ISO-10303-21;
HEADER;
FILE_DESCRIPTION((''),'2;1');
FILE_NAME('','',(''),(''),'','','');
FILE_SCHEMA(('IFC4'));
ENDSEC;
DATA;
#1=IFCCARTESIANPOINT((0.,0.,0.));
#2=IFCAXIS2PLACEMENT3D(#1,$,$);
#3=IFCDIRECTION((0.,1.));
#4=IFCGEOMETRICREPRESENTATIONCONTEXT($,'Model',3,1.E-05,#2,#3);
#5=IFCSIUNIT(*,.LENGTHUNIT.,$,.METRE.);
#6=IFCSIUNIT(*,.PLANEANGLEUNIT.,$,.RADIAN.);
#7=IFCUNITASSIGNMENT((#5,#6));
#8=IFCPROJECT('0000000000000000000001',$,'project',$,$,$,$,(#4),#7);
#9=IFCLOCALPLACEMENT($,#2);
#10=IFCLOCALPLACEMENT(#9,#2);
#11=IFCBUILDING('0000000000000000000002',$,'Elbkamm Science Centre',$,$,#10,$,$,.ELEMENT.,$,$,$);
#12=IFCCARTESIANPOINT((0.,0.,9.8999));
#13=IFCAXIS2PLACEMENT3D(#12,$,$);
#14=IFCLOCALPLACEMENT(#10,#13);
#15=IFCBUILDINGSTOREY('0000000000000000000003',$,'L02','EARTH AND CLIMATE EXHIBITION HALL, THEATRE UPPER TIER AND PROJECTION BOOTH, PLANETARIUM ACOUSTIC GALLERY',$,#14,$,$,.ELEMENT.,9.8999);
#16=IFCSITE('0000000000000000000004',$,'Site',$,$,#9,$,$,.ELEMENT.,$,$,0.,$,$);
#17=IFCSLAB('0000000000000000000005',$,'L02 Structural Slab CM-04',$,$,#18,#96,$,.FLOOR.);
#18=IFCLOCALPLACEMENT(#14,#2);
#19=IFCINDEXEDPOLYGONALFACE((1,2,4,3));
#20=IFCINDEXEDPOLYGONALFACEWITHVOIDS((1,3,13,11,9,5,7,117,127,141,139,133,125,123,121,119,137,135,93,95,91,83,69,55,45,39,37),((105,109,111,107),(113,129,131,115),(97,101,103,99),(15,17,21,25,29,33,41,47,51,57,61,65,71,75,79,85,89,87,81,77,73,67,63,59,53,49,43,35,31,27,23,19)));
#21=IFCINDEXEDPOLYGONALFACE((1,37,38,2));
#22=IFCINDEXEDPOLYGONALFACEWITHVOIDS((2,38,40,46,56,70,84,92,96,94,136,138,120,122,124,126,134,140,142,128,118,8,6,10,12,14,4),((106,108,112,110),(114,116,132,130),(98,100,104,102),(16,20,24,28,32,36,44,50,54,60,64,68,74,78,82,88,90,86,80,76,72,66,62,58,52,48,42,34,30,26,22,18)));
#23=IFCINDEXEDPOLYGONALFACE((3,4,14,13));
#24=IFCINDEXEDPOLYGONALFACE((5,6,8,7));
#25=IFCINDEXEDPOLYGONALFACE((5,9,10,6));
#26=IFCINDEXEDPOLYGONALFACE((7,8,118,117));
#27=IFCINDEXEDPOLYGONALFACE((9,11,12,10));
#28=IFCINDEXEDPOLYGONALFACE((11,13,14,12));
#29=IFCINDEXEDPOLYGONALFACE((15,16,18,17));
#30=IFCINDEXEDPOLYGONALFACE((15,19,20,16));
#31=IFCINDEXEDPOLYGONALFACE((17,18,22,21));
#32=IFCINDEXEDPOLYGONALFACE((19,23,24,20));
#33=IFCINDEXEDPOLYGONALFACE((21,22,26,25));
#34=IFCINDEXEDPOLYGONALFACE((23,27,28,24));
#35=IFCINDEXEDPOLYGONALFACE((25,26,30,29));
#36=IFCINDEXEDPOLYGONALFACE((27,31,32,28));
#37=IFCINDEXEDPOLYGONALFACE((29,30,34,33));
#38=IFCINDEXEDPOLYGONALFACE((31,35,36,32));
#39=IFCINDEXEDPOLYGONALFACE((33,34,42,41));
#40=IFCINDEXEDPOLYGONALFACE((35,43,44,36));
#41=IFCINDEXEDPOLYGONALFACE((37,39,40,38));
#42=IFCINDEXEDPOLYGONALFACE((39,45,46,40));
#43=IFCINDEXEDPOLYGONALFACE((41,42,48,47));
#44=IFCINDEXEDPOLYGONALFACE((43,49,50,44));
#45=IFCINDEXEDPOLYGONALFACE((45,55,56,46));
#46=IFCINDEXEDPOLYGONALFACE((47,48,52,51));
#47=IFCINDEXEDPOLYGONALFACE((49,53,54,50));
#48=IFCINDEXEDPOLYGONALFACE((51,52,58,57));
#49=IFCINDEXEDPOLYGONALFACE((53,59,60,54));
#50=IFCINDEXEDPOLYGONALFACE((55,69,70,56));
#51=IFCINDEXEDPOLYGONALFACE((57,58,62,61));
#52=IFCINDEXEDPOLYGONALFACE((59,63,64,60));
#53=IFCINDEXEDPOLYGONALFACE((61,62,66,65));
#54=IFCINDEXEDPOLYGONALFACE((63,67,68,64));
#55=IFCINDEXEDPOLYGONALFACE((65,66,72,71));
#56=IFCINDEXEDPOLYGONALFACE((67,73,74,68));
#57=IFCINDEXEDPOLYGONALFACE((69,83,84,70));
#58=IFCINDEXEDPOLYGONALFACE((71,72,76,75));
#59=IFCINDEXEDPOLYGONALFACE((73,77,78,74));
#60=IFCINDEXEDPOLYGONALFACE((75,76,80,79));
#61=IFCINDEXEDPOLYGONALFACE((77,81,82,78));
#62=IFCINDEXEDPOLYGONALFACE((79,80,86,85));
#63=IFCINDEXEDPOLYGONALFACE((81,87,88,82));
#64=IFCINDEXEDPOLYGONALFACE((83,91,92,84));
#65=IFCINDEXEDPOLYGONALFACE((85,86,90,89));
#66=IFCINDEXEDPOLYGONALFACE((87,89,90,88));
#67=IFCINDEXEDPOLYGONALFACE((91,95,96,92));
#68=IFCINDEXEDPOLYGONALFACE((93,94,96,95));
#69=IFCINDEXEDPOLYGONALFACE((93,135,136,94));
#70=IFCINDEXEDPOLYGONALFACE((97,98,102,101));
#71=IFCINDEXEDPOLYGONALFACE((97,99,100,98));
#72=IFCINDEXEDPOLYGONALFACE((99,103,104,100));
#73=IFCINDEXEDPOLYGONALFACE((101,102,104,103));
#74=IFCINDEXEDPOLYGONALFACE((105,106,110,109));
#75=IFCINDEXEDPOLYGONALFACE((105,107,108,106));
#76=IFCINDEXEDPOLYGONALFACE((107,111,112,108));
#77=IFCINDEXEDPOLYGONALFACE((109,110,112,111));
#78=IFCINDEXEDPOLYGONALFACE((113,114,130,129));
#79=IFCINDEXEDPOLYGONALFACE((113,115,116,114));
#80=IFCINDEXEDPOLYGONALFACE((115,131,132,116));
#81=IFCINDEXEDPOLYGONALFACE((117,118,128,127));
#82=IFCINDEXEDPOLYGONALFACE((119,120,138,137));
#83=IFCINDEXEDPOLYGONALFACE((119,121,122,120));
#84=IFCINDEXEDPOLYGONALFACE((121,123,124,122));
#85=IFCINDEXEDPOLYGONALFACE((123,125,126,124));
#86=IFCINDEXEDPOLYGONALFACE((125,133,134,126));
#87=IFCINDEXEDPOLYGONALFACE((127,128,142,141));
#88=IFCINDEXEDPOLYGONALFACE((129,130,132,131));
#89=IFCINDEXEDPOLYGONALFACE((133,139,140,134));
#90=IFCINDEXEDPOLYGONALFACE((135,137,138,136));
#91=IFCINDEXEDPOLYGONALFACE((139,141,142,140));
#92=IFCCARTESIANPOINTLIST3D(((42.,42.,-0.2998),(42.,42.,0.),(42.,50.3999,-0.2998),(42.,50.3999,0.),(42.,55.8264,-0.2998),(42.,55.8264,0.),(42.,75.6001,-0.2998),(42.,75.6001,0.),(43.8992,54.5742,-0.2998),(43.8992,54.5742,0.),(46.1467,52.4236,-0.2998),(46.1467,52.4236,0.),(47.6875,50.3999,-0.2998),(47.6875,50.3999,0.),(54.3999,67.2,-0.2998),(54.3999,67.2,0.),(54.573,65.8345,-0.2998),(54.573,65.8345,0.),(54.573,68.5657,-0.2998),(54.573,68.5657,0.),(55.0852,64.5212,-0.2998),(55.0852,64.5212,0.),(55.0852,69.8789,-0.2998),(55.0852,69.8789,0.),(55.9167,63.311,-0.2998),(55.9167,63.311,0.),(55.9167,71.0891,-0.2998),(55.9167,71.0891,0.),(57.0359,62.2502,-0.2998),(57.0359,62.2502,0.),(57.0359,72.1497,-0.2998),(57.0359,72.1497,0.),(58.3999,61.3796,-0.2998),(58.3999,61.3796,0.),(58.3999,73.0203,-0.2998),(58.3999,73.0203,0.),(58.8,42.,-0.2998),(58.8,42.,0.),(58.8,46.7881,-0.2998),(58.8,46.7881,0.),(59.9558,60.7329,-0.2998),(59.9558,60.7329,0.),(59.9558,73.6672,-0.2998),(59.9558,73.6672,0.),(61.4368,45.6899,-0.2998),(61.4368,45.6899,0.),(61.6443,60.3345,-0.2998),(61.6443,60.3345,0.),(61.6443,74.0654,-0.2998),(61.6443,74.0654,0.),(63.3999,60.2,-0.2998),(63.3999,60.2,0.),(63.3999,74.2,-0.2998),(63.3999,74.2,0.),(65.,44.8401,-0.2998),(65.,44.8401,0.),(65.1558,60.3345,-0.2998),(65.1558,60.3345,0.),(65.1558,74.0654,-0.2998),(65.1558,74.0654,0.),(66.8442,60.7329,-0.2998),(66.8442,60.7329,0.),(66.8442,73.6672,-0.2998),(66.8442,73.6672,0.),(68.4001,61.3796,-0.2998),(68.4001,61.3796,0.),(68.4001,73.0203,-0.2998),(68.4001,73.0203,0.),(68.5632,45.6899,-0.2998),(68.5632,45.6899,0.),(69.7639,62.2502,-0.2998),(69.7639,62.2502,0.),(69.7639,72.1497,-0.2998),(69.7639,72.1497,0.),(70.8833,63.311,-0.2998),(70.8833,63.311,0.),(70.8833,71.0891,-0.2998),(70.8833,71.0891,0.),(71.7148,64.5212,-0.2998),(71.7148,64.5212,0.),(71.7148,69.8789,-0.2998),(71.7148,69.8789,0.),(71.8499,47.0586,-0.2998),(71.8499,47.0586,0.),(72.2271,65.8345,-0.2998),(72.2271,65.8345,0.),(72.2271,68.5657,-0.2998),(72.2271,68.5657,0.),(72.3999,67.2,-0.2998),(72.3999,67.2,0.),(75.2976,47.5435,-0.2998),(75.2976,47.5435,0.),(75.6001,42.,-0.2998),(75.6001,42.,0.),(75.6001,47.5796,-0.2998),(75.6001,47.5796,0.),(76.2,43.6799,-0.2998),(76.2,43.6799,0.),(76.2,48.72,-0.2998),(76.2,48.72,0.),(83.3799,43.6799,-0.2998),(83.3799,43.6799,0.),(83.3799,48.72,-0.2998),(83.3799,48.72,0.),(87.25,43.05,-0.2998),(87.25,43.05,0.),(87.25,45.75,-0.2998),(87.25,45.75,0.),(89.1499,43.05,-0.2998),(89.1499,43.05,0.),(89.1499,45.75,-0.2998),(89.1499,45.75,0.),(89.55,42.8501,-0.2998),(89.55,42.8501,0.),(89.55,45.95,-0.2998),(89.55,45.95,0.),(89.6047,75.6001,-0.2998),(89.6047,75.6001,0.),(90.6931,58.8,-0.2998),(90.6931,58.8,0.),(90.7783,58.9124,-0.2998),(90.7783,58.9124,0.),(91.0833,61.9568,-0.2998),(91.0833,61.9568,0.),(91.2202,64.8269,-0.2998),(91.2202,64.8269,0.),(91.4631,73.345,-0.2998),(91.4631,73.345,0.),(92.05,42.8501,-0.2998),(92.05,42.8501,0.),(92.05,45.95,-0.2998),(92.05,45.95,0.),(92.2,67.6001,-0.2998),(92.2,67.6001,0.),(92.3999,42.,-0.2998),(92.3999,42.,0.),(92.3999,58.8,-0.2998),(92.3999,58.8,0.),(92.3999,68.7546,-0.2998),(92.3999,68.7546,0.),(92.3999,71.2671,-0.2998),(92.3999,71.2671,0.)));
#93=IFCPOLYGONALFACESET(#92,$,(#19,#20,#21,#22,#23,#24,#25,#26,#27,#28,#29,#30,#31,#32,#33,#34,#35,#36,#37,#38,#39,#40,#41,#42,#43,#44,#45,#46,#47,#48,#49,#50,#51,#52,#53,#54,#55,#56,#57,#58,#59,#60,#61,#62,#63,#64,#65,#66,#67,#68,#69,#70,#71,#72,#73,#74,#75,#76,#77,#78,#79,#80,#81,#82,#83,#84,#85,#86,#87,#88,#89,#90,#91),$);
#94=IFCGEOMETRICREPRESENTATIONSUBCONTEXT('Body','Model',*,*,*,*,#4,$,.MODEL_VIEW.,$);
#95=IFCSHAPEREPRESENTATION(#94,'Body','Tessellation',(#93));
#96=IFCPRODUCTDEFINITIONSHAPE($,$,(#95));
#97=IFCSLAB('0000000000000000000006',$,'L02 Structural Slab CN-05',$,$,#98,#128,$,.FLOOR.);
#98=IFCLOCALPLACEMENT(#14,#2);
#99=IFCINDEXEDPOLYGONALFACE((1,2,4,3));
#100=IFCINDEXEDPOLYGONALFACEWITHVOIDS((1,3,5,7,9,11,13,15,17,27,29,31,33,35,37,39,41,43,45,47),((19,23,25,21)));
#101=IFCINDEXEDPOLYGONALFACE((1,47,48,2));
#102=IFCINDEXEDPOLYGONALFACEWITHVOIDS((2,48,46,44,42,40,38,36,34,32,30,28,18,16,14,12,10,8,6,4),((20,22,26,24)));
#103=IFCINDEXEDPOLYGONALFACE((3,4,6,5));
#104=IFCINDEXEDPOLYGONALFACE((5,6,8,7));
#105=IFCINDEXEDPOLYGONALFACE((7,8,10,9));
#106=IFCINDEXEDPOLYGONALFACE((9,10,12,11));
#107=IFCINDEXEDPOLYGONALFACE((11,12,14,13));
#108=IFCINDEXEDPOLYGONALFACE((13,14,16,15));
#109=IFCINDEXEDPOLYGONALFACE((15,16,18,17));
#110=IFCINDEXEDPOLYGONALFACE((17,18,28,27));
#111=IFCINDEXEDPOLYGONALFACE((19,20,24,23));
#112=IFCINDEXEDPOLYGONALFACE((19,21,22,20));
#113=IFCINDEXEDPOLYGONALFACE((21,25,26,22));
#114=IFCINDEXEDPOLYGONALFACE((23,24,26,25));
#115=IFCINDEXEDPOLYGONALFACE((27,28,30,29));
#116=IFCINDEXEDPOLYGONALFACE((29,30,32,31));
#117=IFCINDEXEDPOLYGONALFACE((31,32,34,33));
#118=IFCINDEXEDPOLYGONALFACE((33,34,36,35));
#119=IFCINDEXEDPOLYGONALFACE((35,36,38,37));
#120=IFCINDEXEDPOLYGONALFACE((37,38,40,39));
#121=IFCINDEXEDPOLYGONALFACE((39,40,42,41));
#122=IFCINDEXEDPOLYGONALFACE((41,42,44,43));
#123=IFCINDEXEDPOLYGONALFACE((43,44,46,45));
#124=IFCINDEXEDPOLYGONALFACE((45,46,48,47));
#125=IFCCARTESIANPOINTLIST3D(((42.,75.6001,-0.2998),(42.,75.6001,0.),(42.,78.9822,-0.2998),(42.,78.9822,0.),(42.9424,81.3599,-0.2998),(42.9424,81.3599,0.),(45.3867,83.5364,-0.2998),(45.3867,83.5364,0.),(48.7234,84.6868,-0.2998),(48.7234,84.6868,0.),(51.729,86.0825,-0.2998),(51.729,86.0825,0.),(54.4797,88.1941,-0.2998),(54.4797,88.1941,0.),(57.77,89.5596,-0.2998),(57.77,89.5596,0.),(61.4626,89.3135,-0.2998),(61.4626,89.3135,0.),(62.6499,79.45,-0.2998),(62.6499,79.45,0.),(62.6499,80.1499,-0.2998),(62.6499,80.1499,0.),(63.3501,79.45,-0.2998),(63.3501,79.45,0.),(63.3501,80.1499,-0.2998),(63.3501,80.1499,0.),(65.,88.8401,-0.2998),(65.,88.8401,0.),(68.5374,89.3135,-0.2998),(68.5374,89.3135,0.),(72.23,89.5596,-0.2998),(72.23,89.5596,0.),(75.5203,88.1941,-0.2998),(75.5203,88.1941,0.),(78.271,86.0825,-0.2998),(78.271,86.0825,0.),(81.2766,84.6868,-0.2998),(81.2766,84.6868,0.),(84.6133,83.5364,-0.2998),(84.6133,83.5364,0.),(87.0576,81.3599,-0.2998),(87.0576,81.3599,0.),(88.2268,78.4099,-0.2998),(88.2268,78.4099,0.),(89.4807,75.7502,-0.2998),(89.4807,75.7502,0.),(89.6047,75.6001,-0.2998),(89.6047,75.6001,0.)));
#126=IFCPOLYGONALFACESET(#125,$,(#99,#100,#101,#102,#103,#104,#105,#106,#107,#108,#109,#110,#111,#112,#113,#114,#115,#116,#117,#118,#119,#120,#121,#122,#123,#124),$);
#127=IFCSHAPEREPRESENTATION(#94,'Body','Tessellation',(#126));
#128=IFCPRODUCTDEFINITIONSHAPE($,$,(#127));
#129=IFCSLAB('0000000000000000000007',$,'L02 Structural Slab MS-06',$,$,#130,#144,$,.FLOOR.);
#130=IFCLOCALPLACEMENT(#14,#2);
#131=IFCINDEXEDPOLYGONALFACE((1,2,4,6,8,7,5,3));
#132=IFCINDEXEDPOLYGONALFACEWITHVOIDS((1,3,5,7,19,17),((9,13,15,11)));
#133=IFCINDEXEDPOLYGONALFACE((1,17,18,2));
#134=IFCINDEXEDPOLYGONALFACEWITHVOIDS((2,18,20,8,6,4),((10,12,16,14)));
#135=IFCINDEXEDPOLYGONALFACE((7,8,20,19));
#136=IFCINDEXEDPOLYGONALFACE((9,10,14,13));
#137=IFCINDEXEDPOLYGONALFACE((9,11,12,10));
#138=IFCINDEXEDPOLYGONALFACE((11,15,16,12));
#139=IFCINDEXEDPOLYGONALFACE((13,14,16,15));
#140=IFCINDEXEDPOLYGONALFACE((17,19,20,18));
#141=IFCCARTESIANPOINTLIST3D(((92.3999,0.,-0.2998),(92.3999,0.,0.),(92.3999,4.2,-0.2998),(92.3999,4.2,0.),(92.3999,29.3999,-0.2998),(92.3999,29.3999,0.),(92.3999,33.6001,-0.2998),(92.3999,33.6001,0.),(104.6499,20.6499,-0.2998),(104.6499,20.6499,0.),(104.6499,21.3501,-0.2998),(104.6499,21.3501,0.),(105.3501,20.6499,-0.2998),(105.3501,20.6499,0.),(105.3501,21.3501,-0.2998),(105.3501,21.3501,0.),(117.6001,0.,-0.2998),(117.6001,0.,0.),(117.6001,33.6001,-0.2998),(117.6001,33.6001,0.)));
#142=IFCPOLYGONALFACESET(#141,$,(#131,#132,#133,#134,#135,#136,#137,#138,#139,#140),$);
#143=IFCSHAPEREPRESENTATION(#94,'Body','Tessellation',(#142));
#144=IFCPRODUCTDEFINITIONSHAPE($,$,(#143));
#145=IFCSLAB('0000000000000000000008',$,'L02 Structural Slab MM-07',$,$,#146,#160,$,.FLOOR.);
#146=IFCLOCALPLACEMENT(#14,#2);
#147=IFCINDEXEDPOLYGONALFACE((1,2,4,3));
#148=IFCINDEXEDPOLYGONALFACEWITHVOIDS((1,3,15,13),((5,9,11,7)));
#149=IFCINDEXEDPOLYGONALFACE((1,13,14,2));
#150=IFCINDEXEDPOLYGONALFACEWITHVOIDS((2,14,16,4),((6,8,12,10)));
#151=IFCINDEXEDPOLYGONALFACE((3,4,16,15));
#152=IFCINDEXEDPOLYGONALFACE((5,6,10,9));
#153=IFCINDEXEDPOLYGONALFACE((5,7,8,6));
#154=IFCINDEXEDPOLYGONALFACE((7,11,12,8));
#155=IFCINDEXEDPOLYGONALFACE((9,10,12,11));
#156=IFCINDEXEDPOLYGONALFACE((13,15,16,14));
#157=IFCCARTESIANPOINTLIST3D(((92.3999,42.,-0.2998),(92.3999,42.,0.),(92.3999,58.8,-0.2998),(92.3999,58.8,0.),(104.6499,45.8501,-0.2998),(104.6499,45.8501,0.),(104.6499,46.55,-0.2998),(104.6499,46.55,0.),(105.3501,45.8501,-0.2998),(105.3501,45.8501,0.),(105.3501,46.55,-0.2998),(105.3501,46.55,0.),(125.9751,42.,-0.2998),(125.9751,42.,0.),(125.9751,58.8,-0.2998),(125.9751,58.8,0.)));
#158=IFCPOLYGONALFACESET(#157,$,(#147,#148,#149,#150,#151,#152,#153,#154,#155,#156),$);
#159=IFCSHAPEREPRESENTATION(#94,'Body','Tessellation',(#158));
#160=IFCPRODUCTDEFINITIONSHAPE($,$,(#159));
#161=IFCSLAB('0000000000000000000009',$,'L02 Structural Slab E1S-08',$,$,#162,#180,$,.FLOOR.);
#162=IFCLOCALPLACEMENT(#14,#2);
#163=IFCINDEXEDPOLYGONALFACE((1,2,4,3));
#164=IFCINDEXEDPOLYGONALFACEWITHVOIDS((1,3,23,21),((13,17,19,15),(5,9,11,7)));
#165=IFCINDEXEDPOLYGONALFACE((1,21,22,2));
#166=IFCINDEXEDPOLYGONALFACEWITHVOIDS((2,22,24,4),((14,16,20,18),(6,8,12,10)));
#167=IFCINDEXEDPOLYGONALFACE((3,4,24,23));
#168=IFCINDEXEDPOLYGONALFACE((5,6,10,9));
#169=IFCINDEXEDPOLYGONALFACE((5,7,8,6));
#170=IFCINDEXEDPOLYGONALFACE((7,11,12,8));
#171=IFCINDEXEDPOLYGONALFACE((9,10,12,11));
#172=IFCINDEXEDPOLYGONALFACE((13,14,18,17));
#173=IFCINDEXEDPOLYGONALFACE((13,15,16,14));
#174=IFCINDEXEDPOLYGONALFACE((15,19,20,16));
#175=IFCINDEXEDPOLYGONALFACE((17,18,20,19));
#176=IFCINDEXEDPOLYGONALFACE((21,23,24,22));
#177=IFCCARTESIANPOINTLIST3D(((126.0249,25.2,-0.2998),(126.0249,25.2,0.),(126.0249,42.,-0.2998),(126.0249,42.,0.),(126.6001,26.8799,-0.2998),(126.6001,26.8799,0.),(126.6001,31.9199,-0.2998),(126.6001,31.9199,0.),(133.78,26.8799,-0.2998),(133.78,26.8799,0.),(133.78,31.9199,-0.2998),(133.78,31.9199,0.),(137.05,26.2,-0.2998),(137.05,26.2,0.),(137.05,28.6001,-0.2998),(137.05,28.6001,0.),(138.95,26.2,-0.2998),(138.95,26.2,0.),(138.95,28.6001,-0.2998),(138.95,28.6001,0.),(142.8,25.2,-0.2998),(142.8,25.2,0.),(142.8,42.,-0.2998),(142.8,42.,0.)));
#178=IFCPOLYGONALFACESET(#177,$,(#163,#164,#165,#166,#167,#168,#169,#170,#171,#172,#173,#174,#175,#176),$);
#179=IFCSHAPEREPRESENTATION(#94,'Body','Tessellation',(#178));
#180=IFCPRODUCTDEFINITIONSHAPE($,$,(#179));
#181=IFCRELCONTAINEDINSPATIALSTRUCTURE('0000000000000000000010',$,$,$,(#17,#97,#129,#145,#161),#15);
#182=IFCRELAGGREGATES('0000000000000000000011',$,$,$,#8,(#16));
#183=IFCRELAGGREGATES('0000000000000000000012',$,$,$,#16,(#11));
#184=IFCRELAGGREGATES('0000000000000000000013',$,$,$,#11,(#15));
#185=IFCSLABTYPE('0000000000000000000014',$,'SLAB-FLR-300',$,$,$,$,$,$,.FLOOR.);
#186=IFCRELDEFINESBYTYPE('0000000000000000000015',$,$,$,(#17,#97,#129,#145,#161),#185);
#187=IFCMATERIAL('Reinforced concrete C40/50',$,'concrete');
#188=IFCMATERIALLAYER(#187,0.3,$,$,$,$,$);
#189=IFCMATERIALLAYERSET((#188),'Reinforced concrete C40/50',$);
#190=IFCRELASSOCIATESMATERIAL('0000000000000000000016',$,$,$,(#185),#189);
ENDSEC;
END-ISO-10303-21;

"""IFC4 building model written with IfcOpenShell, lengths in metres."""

from ifc_helpers import new_model, si_unit, direction, frame, origin, place, context, subcontext, project, spatial, polyline, outline, extrude, material, layer, layer_set, type_object, element, save


model = new_model("IFC4")

# Units and contexts
model_context = context("Model", 3, precision=1e-05, world=origin(), true_north=direction((0.0, 1.0)))
body_context = subcontext(model_context, "Body", "Model", "MODEL_VIEW")
ifc_project = project(units=[si_unit("LENGTHUNIT", "METRE"), si_unit("PLANEANGLEUNIT", "RADIAN")], contexts=[model_context])

# Site, building, storey
site_placement = place(None, origin())
site = spatial("IfcSite", under=ifc_project, at=site_placement, Name="Site", CompositionType="ELEMENT", RefElevation=0.0)
building_placement = place(site_placement, origin())
building = spatial("IfcBuilding", under=site, at=building_placement, Name="Elbkamm Science Centre", CompositionType="ELEMENT")
storey_placement = place(building_placement, frame((0.0, 0.0, 9.8999)))
storey = spatial("IfcBuildingStorey", under=building, at=storey_placement, Name="L02", Description="EARTH AND CLIMATE EXHIBITION HALL, THEATRE UPPER TIER AND PROJECTION BOOTH, PLANETARIUM ACOUSTIC GALLERY", CompositionType="ELEMENT", Elevation=9.8999)

# Slabs
ifc_material_1 = material(Name="Reinforced concrete C40/50", Category="concrete")
ifc_layer_1 = layer(ifc_material_1, 0.3)
ifc_layer_set_1 = layer_set([ifc_layer_1], Name="Reinforced concrete C40/50")
slab_type_1 = type_object("IfcSlabType", Name="SLAB-FLR-300", PredefinedType="FLOOR", material=ifc_layer_set_1)
slab_1_placement = place(storey_placement, frame((0.0, 0.0, -0.2998)))
element("IfcSlab", 1, at=slab_1_placement, inside=storey, type_object=slab_type_1, Name="L02 Structural Slab CM-04", PredefinedType="FLOOR", context=body_context, shape_type="SweptSolid", body=[
    extrude(outline(polyline([(91.4631, 73.345), (92.3999, 71.2671), (92.3999, 68.7546), (92.2, 67.6001), (91.2202, 64.8269), (91.0833, 61.9568), (90.7783, 58.9124), (90.6931, 58.8), (92.3999, 58.8), (92.3999, 42.0), (75.6001, 42.0), (75.6001, 47.5796), (75.2976, 47.5435), (71.8499, 47.0586), (68.5632, 45.6899), (65.0, 44.8401), (61.4368, 45.6899), (58.8, 46.7881), (58.8, 42.0), (42.0, 42.0), (42.0, 50.3999), (47.6875, 50.3999), (46.1467, 52.4236), (43.8992, 54.5742), (42.0, 55.8264), (42.0, 75.6001), (89.6047, 75.6001), (91.4631, 73.345)]), holes=[polyline([(57.0359, 62.2502), (58.3999, 61.3796), (59.9558, 60.7329), (61.6443, 60.3345), (63.3999, 60.2), (65.1558, 60.3345), (66.8442, 60.7329), (68.4001, 61.3796), (69.7639, 62.2502), (70.8833, 63.311), (71.7148, 64.5212), (72.2271, 65.8345), (72.3999, 67.2), (72.2271, 68.5657), (71.7148, 69.8789), (70.8833, 71.0891), (69.7639, 72.1497), (68.4001, 73.0203), (66.8442, 73.6672), (65.1558, 74.0654), (63.3999, 74.2), (61.6443, 74.0654), (59.9558, 73.6672), (58.3999, 73.0203), (57.0359, 72.1497), (55.9167, 71.0891), (55.0852, 69.8789), (54.573, 68.5657), (54.3999, 67.2), (54.573, 65.8345), (55.0852, 64.5212), (55.9167, 63.311), (57.0359, 62.2502)]), polyline([(76.2, 48.72), (76.2, 43.6799), (83.3799, 43.6799), (83.3799, 48.72), (76.2, 48.72)]), polyline([(87.25, 45.75), (87.25, 43.05), (89.1499, 43.05), (89.1499, 45.75), (87.25, 45.75)]), polyline([(92.05, 45.95), (89.55, 45.95), (89.55, 42.8501), (92.05, 42.8501), (92.05, 45.95)])]), origin(), (0.0, 0.0, 1.0), 0.2998),
])
slab_2_placement = place(storey_placement, frame((0.0, 0.0, -0.2998)))
element("IfcSlab", 2, at=slab_2_placement, inside=storey, type_object=slab_type_1, Name="L02 Structural Slab CN-05", PredefinedType="FLOOR", context=body_context, shape_type="SweptSolid", body=[
    extrude(outline(polyline([(45.3867, 83.5364), (48.7234, 84.6868), (51.729, 86.0825), (54.4797, 88.1941), (57.77, 89.5596), (61.4626, 89.3135), (65.0, 88.8401), (68.5374, 89.3135), (72.23, 89.5596), (75.5203, 88.1941), (78.271, 86.0825), (81.2766, 84.6868), (84.6133, 83.5364), (87.0576, 81.3599), (88.2268, 78.4099), (89.4807, 75.7502), (89.6047, 75.6001), (42.0, 75.6001), (42.0, 78.9822), (42.9424, 81.3599), (45.3867, 83.5364)]), holes=[polyline([(63.3501, 80.1499), (62.6499, 80.1499), (62.6499, 79.45), (63.3501, 79.45), (63.3501, 80.1499)])]), origin(), (0.0, 0.0, 1.0), 0.2998),
])
slab_3_placement = place(storey_placement, frame((0.0, 0.0, -0.2998)))
element("IfcSlab", 3, at=slab_3_placement, inside=storey, type_object=slab_type_1, Name="L02 Structural Slab MS-06", PredefinedType="FLOOR", context=body_context, shape_type="SweptSolid", body=[
    extrude(outline(polyline([(92.3999, 29.3999), (92.3999, 33.6001), (117.6001, 33.6001), (117.6001, 0.0), (92.3999, 0.0), (92.3999, 4.2), (92.3999, 29.3999)]), holes=[polyline([(105.3501, 21.3501), (104.6499, 21.3501), (104.6499, 20.6499), (105.3501, 20.6499), (105.3501, 21.3501)])]), origin(), (0.0, 0.0, 1.0), 0.2998),
])
slab_4_placement = place(storey_placement, frame((0.0, 0.0, -0.2998)))
element("IfcSlab", 4, at=slab_4_placement, inside=storey, type_object=slab_type_1, Name="L02 Structural Slab MM-07", PredefinedType="FLOOR", context=body_context, shape_type="SweptSolid", body=[
    extrude(outline(polyline([(125.9751, 42.0), (92.3999, 42.0), (92.3999, 58.8), (125.9751, 58.8), (125.9751, 42.0)]), holes=[polyline([(105.3501, 46.55), (104.6499, 46.55), (104.6499, 45.8501), (105.3501, 45.8501), (105.3501, 46.55)])]), origin(), (0.0, 0.0, 1.0), 0.2998),
])
slab_5_placement = place(storey_placement, frame((0.0, 0.0, -0.2998)))
element("IfcSlab", 5, at=slab_5_placement, inside=storey, type_object=slab_type_1, Name="L02 Structural Slab E1S-08", PredefinedType="FLOOR", context=body_context, shape_type="SweptSolid", body=[
    extrude(outline(polyline([(126.0249, 25.2), (126.0249, 42.0), (142.8, 42.0), (142.8, 25.2), (126.0249, 25.2)]), holes=[polyline([(133.78, 26.8799), (133.78, 31.9199), (126.6001, 31.9199), (126.6001, 26.8799), (133.78, 26.8799)]), polyline([(138.95, 26.2), (138.95, 28.6001), (137.05, 28.6001), (137.05, 26.2), (138.95, 26.2)])]), origin(), (0.0, 0.0, 1.0), 0.2998),
])

save(model, "model.ifc")
